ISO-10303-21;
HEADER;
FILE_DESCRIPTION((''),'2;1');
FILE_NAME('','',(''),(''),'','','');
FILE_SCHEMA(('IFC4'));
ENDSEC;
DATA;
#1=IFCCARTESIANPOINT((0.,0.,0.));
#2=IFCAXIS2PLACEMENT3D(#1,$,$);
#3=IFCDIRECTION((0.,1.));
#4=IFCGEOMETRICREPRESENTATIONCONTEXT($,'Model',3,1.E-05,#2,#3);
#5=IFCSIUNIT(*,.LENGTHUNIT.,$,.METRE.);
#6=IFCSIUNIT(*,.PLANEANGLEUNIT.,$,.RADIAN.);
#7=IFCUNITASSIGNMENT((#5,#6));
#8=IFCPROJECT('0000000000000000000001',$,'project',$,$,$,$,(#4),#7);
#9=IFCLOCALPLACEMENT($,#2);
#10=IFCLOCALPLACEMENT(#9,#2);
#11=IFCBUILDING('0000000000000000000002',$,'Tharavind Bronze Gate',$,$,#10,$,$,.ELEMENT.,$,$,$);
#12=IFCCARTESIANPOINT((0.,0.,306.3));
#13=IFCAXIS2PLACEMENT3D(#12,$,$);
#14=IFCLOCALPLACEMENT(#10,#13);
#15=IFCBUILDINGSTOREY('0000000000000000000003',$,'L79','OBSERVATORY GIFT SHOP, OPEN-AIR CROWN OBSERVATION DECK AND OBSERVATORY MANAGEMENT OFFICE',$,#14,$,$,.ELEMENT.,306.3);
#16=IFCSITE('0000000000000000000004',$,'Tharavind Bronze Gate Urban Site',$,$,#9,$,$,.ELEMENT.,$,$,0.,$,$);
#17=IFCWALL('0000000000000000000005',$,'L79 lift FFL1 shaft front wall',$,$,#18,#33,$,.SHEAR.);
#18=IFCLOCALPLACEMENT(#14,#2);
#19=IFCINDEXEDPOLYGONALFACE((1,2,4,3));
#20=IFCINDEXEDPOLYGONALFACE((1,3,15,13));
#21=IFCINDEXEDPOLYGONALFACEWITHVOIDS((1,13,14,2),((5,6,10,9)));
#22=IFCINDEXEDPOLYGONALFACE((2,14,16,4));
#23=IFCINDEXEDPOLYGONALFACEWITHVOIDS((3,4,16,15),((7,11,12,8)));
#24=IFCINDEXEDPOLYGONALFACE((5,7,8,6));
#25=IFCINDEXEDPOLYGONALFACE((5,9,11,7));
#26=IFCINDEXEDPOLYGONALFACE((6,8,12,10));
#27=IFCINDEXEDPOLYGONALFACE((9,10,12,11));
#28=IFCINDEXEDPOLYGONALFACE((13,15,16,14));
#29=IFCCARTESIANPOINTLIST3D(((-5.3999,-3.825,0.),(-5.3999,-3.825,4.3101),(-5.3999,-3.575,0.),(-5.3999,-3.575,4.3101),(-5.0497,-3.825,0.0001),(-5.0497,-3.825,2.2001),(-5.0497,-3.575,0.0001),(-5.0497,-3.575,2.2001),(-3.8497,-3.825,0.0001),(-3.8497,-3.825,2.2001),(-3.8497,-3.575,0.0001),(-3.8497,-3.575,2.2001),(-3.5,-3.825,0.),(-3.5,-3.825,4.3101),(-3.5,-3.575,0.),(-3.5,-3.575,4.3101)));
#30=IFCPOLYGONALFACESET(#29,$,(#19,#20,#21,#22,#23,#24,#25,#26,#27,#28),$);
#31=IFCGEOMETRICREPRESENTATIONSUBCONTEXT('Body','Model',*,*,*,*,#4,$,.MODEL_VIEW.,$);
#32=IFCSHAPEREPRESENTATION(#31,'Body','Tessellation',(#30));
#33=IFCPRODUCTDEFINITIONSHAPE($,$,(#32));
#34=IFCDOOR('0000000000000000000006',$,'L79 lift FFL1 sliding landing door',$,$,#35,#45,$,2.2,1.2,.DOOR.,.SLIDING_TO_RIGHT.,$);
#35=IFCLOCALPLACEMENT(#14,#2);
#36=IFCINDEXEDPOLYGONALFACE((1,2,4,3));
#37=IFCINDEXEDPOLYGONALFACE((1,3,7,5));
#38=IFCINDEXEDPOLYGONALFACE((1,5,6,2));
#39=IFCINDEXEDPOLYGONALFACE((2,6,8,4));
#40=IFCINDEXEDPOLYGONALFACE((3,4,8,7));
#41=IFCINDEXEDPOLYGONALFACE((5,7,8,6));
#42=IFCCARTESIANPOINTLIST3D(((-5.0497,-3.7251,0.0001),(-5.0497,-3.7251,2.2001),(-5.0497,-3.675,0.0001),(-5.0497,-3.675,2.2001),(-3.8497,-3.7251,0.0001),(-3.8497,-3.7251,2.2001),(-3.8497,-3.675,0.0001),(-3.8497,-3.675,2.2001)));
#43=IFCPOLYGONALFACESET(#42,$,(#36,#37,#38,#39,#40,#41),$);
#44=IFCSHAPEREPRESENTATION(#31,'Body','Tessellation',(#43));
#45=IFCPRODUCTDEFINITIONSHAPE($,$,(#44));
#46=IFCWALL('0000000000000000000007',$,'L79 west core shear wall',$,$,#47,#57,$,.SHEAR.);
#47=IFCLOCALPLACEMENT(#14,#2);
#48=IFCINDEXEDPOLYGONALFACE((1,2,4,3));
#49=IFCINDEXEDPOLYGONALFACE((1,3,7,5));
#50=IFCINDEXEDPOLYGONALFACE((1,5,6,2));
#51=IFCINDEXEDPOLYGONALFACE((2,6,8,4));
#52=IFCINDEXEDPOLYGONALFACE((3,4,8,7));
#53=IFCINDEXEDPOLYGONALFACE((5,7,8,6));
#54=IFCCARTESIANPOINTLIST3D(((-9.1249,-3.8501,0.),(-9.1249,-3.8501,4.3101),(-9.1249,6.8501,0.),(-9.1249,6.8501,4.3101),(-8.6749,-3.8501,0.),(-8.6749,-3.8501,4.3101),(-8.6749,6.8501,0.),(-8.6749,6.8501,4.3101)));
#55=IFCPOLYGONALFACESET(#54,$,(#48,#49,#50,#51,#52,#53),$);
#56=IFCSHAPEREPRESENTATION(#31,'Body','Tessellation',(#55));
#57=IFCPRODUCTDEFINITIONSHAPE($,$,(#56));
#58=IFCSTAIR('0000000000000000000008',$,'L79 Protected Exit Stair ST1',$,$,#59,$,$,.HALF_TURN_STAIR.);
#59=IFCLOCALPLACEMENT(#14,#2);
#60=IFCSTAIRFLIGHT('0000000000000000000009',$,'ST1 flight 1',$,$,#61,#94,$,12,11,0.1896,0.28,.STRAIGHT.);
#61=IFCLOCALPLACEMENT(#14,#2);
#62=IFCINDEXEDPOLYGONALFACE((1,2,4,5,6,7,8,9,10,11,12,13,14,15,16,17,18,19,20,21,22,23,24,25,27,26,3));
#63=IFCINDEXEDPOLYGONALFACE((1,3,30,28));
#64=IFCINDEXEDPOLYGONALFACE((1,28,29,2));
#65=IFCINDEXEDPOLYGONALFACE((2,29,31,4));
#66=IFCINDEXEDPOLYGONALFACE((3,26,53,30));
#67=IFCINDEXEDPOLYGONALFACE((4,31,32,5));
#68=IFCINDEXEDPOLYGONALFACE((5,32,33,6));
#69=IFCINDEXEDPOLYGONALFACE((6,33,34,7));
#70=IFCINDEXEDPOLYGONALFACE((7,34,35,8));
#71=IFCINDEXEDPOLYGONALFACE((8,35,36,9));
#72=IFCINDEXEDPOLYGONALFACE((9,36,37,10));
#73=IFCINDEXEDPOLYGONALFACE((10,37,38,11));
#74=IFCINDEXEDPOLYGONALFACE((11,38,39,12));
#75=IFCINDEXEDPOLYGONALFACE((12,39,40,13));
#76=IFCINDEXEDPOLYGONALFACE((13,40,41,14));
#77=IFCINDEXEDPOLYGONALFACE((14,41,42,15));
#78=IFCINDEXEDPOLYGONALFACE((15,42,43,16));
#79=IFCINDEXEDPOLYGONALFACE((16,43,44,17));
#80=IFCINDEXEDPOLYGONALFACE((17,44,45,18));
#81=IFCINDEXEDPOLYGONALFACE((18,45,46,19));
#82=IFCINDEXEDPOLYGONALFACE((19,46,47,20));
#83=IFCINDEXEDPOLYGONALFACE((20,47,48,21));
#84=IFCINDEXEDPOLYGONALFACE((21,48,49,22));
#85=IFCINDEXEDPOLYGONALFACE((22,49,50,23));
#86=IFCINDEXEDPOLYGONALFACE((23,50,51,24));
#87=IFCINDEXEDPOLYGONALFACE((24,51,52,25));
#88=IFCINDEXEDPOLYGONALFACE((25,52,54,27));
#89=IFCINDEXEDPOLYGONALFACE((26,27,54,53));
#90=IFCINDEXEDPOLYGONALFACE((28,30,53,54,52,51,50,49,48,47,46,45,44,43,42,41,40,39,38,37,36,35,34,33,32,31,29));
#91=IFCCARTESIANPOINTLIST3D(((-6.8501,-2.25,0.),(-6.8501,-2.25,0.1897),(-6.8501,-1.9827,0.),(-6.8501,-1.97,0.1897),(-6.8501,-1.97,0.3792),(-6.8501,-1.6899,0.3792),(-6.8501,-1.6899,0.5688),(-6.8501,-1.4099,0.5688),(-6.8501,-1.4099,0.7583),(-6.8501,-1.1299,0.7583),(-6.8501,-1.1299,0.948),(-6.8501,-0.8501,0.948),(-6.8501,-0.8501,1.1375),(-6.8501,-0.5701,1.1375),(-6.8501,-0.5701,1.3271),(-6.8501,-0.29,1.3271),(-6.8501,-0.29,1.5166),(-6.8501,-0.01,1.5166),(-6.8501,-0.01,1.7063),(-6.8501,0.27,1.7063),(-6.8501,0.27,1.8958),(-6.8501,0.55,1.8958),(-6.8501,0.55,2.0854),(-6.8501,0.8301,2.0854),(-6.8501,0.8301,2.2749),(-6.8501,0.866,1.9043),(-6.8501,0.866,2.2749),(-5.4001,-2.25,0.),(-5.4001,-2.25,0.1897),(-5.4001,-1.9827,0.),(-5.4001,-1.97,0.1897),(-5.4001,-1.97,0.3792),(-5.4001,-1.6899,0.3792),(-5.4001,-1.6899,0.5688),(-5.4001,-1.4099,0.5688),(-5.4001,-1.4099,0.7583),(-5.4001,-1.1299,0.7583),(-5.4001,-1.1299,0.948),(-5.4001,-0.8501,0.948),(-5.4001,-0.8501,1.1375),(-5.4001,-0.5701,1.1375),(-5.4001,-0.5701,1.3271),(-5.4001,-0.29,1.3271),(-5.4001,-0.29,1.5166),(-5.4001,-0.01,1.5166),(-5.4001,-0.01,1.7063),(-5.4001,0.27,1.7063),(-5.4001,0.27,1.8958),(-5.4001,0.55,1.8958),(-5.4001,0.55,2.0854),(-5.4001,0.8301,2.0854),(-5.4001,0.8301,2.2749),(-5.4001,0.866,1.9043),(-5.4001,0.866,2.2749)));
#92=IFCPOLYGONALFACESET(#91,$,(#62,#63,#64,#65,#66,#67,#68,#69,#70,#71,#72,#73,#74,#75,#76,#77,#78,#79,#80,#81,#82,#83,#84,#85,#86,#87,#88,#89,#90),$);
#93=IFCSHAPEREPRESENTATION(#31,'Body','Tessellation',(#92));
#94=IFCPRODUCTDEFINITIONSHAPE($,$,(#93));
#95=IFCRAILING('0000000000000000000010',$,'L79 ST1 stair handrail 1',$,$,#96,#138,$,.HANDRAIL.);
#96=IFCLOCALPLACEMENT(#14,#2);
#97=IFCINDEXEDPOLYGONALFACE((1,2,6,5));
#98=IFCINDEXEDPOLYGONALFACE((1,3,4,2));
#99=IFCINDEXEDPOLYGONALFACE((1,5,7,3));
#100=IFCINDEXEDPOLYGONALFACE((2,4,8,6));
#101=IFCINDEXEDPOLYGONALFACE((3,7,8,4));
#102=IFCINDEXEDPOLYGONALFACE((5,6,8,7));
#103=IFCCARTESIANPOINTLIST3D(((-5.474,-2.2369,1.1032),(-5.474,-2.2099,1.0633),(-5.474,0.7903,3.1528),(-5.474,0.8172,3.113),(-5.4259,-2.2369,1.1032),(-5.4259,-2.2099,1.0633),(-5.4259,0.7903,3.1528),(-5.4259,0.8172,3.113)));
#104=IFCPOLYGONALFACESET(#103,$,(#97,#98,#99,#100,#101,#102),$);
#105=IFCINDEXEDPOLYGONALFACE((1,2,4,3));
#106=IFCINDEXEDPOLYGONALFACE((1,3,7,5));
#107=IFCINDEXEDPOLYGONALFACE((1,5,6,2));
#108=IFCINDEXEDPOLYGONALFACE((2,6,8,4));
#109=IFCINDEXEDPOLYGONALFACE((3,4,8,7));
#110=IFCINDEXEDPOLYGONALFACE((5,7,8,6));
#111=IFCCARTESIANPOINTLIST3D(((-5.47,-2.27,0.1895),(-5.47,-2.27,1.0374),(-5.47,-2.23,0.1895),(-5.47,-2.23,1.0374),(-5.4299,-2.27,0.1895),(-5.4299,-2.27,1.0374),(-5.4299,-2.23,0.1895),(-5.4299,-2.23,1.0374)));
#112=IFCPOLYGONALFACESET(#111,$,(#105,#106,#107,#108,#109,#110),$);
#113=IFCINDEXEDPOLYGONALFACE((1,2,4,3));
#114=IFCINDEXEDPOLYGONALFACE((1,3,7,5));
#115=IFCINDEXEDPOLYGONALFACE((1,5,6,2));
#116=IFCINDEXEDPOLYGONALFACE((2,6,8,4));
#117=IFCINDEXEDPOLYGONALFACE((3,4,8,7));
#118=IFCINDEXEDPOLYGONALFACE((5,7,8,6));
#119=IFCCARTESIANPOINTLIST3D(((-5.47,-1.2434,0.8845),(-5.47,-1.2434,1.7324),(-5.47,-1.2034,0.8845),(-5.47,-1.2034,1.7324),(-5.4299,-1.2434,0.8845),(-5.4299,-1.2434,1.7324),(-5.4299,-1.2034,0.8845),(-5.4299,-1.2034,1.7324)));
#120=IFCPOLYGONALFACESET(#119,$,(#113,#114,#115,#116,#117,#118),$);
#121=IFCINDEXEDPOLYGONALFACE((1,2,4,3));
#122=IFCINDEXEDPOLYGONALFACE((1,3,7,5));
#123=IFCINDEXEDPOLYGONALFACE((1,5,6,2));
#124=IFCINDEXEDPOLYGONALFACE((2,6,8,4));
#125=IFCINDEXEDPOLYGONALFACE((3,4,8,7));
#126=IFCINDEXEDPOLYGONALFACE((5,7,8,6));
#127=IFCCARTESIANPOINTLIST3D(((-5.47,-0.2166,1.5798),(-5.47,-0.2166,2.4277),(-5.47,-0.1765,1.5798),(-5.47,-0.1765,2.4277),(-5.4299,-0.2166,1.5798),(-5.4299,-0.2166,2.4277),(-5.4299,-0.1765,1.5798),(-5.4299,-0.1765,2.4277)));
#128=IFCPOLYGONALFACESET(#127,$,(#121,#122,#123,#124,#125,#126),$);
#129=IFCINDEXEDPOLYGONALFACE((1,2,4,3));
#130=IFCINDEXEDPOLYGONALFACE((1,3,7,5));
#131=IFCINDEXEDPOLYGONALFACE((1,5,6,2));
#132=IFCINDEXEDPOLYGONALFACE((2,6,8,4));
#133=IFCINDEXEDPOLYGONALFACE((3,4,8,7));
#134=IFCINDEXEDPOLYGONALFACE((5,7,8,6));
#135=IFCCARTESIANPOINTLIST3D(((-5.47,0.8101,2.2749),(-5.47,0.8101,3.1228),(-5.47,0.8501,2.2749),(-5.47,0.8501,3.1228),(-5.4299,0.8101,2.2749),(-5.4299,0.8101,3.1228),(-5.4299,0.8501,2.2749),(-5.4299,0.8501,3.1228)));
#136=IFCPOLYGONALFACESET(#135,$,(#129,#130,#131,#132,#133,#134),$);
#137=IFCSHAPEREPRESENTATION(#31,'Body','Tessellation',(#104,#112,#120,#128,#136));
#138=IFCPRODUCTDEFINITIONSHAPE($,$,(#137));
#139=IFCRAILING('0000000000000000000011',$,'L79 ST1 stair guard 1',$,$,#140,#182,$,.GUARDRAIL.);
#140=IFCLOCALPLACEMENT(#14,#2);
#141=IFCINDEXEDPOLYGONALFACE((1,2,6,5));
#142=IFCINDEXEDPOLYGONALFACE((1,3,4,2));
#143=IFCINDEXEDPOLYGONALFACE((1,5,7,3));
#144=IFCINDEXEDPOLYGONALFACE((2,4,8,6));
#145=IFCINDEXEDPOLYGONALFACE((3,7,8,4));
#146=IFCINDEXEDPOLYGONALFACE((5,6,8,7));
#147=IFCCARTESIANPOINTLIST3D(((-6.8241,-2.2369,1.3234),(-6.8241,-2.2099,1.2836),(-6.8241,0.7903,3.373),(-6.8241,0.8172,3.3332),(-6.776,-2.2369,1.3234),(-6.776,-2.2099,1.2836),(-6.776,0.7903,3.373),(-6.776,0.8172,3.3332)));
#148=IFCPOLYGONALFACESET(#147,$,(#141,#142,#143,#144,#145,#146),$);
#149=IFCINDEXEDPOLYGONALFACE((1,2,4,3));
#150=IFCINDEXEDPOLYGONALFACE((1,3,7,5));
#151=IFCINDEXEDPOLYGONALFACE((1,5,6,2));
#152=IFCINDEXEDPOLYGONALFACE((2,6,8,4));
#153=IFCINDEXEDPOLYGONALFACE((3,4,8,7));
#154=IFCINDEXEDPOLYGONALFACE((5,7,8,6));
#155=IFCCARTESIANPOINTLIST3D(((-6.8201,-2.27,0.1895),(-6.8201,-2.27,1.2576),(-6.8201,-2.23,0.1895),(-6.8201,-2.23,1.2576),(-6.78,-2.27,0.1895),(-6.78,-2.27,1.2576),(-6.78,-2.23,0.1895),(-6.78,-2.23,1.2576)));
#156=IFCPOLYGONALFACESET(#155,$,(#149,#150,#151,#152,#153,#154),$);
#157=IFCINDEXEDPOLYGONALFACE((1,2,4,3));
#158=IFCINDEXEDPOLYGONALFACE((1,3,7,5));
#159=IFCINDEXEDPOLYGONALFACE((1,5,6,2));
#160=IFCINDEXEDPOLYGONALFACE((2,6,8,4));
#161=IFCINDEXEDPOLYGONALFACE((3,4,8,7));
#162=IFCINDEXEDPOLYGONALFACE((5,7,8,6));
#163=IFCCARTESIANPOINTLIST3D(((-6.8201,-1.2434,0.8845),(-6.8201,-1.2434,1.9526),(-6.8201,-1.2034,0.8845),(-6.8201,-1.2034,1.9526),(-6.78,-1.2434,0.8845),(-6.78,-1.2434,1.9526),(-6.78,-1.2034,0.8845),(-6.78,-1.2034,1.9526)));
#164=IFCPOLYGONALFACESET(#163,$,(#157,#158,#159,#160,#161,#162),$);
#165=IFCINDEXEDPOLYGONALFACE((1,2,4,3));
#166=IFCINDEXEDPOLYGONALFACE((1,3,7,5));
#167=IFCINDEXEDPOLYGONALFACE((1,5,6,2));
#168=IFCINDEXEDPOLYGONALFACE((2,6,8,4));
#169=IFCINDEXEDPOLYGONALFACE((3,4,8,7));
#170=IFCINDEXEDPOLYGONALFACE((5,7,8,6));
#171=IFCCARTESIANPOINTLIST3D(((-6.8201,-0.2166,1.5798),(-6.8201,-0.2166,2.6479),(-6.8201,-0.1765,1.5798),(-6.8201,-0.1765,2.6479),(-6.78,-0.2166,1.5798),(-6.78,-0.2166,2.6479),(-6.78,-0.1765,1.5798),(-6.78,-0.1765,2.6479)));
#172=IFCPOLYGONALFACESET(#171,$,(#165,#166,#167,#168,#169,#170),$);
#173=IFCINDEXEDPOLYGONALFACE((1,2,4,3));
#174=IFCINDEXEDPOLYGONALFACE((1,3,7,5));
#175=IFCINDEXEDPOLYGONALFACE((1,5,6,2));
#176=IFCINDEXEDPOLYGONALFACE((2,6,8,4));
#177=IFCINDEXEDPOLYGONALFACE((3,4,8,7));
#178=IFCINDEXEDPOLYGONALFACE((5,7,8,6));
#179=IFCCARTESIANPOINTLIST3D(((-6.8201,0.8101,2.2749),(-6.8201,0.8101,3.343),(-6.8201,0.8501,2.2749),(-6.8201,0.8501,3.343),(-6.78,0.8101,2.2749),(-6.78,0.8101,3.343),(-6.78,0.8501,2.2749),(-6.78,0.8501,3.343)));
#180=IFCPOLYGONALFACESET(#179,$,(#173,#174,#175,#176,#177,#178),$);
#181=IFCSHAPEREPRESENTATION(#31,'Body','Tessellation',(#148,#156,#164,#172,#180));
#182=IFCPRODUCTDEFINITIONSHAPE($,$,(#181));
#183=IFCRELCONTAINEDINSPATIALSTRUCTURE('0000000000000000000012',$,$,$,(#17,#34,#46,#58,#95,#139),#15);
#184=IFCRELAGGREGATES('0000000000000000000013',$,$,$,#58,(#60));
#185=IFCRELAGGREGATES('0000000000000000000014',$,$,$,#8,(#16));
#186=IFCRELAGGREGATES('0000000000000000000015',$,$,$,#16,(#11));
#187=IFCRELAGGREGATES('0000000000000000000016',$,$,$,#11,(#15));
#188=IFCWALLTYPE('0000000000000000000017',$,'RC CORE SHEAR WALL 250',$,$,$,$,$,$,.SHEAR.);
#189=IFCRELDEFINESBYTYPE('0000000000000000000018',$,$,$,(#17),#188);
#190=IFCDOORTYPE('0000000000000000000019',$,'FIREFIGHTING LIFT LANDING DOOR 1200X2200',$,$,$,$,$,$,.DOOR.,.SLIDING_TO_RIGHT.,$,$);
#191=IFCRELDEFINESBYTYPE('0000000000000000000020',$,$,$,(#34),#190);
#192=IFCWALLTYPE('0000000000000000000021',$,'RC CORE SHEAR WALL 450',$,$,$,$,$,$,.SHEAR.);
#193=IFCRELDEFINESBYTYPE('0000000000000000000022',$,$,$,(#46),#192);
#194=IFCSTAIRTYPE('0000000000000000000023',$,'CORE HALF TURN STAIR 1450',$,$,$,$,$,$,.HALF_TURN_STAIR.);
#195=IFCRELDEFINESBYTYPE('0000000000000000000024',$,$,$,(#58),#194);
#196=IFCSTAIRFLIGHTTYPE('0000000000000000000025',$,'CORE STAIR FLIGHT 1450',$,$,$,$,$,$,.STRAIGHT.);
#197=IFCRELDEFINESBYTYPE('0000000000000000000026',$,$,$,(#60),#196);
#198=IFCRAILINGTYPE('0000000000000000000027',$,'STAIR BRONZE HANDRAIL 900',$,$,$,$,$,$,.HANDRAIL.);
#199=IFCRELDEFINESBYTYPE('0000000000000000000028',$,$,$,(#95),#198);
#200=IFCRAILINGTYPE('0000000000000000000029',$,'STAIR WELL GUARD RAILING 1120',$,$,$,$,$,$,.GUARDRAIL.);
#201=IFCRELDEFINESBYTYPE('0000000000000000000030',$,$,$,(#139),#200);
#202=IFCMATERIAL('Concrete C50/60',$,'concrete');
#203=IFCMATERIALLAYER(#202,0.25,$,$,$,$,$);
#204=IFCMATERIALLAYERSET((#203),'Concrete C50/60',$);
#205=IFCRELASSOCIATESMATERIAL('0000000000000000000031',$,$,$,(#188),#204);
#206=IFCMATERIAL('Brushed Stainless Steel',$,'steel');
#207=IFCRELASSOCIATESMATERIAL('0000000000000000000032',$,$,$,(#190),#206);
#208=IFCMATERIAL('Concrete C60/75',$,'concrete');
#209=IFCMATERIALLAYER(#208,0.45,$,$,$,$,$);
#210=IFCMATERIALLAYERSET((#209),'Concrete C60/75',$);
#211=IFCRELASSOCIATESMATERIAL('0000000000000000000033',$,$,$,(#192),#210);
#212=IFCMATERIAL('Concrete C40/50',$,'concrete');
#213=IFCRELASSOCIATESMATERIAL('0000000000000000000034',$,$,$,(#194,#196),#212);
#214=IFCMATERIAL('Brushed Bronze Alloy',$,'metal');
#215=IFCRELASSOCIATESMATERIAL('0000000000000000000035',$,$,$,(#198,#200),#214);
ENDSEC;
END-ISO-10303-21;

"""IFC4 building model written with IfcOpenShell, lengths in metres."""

from ifc_helpers import new_model, si_unit, direction, frame, frame_2d, origin, origin_2d, place, context, subcontext, project, spatial, polyline, rectangle, outline, extrude, material, layer, layer_set, type_object, element, fill, aggregate, save


model = new_model("IFC4")

# Units and contexts
model_context = context("Model", 3, precision=1e-05, world=origin(), true_north=direction((0.0, 1.0)))
body_context = subcontext(model_context, "Body", "Model", "MODEL_VIEW")
ifc_project = project(units=[si_unit("LENGTHUNIT", "METRE"), si_unit("PLANEANGLEUNIT", "RADIAN")], contexts=[model_context])

# Site, building, storey
site_placement = place(None, origin())
site = spatial("IfcSite", under=ifc_project, at=site_placement, Name="Tharavind Bronze Gate Urban Site", CompositionType="ELEMENT", RefElevation=0.0)
building_placement = place(site_placement, origin())
building = spatial("IfcBuilding", under=site, at=building_placement, Name="Tharavind Bronze Gate", CompositionType="ELEMENT")
storey_placement = place(building_placement, frame((0.0, 0.0, 306.3)))
storey = spatial("IfcBuildingStorey", under=building, at=storey_placement, Name="L79", Description="OBSERVATORY GIFT SHOP, OPEN-AIR CROWN OBSERVATION DECK AND OBSERVATORY MANAGEMENT OFFICE", CompositionType="ELEMENT", Elevation=306.3)

# Shared definitions
ifc_material_1 = material(Name="Concrete C50/60", Category="concrete")

# Shared definitions
ifc_material_2 = material(Name="Concrete C40/50", Category="concrete")

# Shared definitions
ifc_layer_1 = layer(ifc_material_1, 0.25)
ifc_layer_set_1 = layer_set([ifc_layer_1], Name="Concrete C50/60")
wall_type_1 = type_object("IfcWallType", Name="RC CORE SHEAR WALL 250", PredefinedType="SHEAR", material=ifc_layer_set_1)

# Wall, opening, door
wall_1_placement = place(storey_placement, frame((-5.3999, -3.7, 0.0), z_axis=(0.0, 0.0, 1.0), x_axis=(1.0, 0.0, 0.0)))
wall_1 = element("IfcWall", 1, at=wall_1_placement, inside=storey, type_object=wall_type_1, Name="L79 lift FFL1 shaft front wall", PredefinedType="SHEAR", context=body_context, shape_type="SweptSolid", body=[
    extrude(rectangle(XDim=1.8999, YDim=0.25, at=frame_2d((0.95, 0.0))), origin(), (0.0, 0.0, 1.0), 4.3101),
])
opening_1_placement = place(wall_1_placement, frame((0.3501, 0.0, 0.0)))
opening_1 = element("IfcOpeningElement", 2, at=opening_1_placement, cuts=wall_1, PredefinedType="OPENING", context=body_context, shape_type="SweptSolid", body=[
    extrude(rectangle(XDim=1.2, YDim=2.2, at=frame_2d((0.6001, 1.1001))), frame((0.0, 0.135, 0.0), z_axis=(0.0, -1.0, 0.0), x_axis=(1.0, 0.0, 0.0)), (0.0, 0.0, 1.0), 0.27),
])
ifc_material_3 = material(Name="Brushed Stainless Steel", Category="steel")
door_type_1 = type_object("IfcDoorType", Name="FIREFIGHTING LIFT LANDING DOOR 1200X2200", OperationType="SLIDING_TO_RIGHT", PredefinedType="DOOR", material=ifc_material_3)
door_1_placement = place(opening_1_placement, origin())
door_1 = element("IfcDoor", 3, at=door_1_placement, inside=storey, type_object=door_type_1, Name="L79 lift FFL1 sliding landing door", OperationType="SLIDING_TO_RIGHT", OverallHeight=2.2, OverallWidth=1.2, PredefinedType="DOOR", context=body_context, shape_type="SweptSolid", body=[
    extrude(rectangle(XDim=1.2, YDim=2.2, at=frame_2d((0.6001, 1.1001))), frame((0.0, 0.0249, 0.0), z_axis=(0.0, -1.0, 0.0), x_axis=(1.0, 0.0, 0.0)), (0.0, 0.0, 1.0), 0.05),
])
fill(opening_1, door_1)

# Wall
ifc_material_4 = material(Name="Concrete C60/75", Category="concrete")
ifc_layer_2 = layer(ifc_material_4, 0.45)
ifc_layer_set_2 = layer_set([ifc_layer_2], Name="Concrete C60/75")
wall_type_2 = type_object("IfcWallType", Name="RC CORE SHEAR WALL 450", PredefinedType="SHEAR", material=ifc_layer_set_2)
wall_2_placement = place(storey_placement, frame((-8.8999, -3.8501, 0.0), z_axis=(0.0, 0.0, 1.0), x_axis=(0.0, 1.0, 0.0)))
element("IfcWall", 4, at=wall_2_placement, inside=storey, type_object=wall_type_2, Name="L79 west core shear wall", PredefinedType="SHEAR", context=body_context, shape_type="SweptSolid", body=[
    extrude(rectangle(XDim=10.7002, YDim=0.45, at=frame_2d((5.3501, 0.0))), origin(), (0.0, 0.0, 1.0), 4.3101),
])

# Stair, stair flight
stair_type = type_object("IfcStairType", Name="CORE HALF TURN STAIR 1450", PredefinedType="HALF_TURN_STAIR", material=ifc_material_2)
stair_placement = place(storey_placement, origin())
stair = element("IfcStair", 5, at=stair_placement, inside=storey, type_object=stair_type, Name="L79 Protected Exit Stair ST1", PredefinedType="HALF_TURN_STAIR")
stair_flight_type = type_object("IfcStairFlightType", Name="CORE STAIR FLIGHT 1450", PredefinedType="STRAIGHT", material=ifc_material_2)
stair_flight_placement = place(storey_placement, frame((-6.125, -2.25, 0.0), z_axis=(0.0, 0.0, 1.0), x_axis=(0.0, 1.0, 0.0)))
stair_flight = element("IfcStairFlight", 6, at=stair_flight_placement, type_object=stair_flight_type, Name="ST1 flight 1", NumberOfRisers=12, NumberOfTreads=11, PredefinedType="STRAIGHT", RiserHeight=0.1896, TreadLength=0.28, context=body_context, shape_type="SweptSolid", body=[
    extrude(outline(polyline([(0.0, 0.0), (0.0, 0.1897), (0.28, 0.1897), (0.28, 0.3792), (0.5601, 0.3792), (0.5601, 0.5688), (0.8401, 0.5688), (0.8401, 0.7583), (1.1201, 0.7583), (1.1201, 0.948), (1.3999, 0.948), (1.3999, 1.1375), (1.6799, 1.1375), (1.6799, 1.3271), (1.96, 1.3271), (1.96, 1.5166), (2.24, 1.5166), (2.24, 1.7063), (2.52, 1.7063), (2.52, 1.8958), (2.8, 1.8958), (2.8, 2.0854), (3.0801, 2.0854), (3.0801, 2.2749), (3.116, 2.2749), (3.116, 1.9043), (0.2673, 0.0), (0.0, 0.0)])), frame((0.0, 0.7251, 0.0), z_axis=(0.0, -1.0, 0.0), x_axis=(1.0, 0.0, 0.0)), (0.0, 0.0, 1.0), 1.45),
])
aggregate(stair, [stair_flight])

# Railings
ifc_material_5 = material(Name="Brushed Bronze Alloy", Category="metal")
railing_type_1 = type_object("IfcRailingType", Name="STAIR BRONZE HANDRAIL 900", PredefinedType="HANDRAIL", material=ifc_material_5)
railing_1_placement = place(storey_placement, frame((-5.45, -2.25, 0.1895)))
element("IfcRailing", 7, at=railing_1_placement, inside=storey, type_object=railing_type_1, Name="L79 ST1 stair handrail 1", PredefinedType="HANDRAIL", context=body_context, shape_type="SweptSolid", body=[
    extrude(rectangle(XDim=0.0481, YDim=0.0481, at=origin_2d()), frame((0.0, 0.0266, 0.8938), z_axis=(0.0, 0.82805, 0.560654), x_axis=(-1.0, 0.0, 0.0)), (0.0, 0.0, 1.0), 3.6558),
    extrude(rectangle(XDim=0.04, YDim=0.04, at=origin_2d()), origin(), (0.0, 0.0, 1.0), 0.8479),
    extrude(rectangle(XDim=0.04, YDim=0.04, at=origin_2d()), frame((0.0, 1.0266, 0.6951)), (0.0, 0.0, 1.0), 0.8479),
    extrude(rectangle(XDim=0.04, YDim=0.04, at=origin_2d()), frame((0.0, 2.0535, 1.3904)), (0.0, 0.0, 1.0), 0.8479),
    extrude(rectangle(XDim=0.04, YDim=0.04, at=origin_2d()), frame((0.0, 3.0801, 2.0854)), (0.0, 0.0, 1.0), 0.8479),
])
railing_type_2 = type_object("IfcRailingType", Name="STAIR WELL GUARD RAILING 1120", PredefinedType="GUARDRAIL", material=ifc_material_5)
railing_2_placement = place(storey_placement, frame((-6.8, -2.25, 0.1895)))
element("IfcRailing", 8, at=railing_2_placement, inside=storey, type_object=railing_type_2, Name="L79 ST1 stair guard 1", PredefinedType="GUARDRAIL", context=body_context, shape_type="SweptSolid", body=[
    extrude(rectangle(XDim=0.0481, YDim=0.0481, at=origin_2d()), frame((0.0, 0.0266, 1.114), z_axis=(0.0, 0.82805, 0.560654), x_axis=(-1.0, 0.0, 0.0)), (0.0, 0.0, 1.0), 3.6558),
    extrude(rectangle(XDim=0.04, YDim=0.04, at=origin_2d()), origin(), (0.0, 0.0, 1.0), 1.0681),
    extrude(rectangle(XDim=0.04, YDim=0.04, at=origin_2d()), frame((0.0, 1.0266, 0.6951)), (0.0, 0.0, 1.0), 1.0681),
    extrude(rectangle(XDim=0.04, YDim=0.04, at=origin_2d()), frame((0.0, 2.0535, 1.3904)), (0.0, 0.0, 1.0), 1.0681),
    extrude(rectangle(XDim=0.04, YDim=0.04, at=origin_2d()), frame((0.0, 3.0801, 2.0854)), (0.0, 0.0, 1.0), 1.0681),
])

save(model, "model.ifc")
